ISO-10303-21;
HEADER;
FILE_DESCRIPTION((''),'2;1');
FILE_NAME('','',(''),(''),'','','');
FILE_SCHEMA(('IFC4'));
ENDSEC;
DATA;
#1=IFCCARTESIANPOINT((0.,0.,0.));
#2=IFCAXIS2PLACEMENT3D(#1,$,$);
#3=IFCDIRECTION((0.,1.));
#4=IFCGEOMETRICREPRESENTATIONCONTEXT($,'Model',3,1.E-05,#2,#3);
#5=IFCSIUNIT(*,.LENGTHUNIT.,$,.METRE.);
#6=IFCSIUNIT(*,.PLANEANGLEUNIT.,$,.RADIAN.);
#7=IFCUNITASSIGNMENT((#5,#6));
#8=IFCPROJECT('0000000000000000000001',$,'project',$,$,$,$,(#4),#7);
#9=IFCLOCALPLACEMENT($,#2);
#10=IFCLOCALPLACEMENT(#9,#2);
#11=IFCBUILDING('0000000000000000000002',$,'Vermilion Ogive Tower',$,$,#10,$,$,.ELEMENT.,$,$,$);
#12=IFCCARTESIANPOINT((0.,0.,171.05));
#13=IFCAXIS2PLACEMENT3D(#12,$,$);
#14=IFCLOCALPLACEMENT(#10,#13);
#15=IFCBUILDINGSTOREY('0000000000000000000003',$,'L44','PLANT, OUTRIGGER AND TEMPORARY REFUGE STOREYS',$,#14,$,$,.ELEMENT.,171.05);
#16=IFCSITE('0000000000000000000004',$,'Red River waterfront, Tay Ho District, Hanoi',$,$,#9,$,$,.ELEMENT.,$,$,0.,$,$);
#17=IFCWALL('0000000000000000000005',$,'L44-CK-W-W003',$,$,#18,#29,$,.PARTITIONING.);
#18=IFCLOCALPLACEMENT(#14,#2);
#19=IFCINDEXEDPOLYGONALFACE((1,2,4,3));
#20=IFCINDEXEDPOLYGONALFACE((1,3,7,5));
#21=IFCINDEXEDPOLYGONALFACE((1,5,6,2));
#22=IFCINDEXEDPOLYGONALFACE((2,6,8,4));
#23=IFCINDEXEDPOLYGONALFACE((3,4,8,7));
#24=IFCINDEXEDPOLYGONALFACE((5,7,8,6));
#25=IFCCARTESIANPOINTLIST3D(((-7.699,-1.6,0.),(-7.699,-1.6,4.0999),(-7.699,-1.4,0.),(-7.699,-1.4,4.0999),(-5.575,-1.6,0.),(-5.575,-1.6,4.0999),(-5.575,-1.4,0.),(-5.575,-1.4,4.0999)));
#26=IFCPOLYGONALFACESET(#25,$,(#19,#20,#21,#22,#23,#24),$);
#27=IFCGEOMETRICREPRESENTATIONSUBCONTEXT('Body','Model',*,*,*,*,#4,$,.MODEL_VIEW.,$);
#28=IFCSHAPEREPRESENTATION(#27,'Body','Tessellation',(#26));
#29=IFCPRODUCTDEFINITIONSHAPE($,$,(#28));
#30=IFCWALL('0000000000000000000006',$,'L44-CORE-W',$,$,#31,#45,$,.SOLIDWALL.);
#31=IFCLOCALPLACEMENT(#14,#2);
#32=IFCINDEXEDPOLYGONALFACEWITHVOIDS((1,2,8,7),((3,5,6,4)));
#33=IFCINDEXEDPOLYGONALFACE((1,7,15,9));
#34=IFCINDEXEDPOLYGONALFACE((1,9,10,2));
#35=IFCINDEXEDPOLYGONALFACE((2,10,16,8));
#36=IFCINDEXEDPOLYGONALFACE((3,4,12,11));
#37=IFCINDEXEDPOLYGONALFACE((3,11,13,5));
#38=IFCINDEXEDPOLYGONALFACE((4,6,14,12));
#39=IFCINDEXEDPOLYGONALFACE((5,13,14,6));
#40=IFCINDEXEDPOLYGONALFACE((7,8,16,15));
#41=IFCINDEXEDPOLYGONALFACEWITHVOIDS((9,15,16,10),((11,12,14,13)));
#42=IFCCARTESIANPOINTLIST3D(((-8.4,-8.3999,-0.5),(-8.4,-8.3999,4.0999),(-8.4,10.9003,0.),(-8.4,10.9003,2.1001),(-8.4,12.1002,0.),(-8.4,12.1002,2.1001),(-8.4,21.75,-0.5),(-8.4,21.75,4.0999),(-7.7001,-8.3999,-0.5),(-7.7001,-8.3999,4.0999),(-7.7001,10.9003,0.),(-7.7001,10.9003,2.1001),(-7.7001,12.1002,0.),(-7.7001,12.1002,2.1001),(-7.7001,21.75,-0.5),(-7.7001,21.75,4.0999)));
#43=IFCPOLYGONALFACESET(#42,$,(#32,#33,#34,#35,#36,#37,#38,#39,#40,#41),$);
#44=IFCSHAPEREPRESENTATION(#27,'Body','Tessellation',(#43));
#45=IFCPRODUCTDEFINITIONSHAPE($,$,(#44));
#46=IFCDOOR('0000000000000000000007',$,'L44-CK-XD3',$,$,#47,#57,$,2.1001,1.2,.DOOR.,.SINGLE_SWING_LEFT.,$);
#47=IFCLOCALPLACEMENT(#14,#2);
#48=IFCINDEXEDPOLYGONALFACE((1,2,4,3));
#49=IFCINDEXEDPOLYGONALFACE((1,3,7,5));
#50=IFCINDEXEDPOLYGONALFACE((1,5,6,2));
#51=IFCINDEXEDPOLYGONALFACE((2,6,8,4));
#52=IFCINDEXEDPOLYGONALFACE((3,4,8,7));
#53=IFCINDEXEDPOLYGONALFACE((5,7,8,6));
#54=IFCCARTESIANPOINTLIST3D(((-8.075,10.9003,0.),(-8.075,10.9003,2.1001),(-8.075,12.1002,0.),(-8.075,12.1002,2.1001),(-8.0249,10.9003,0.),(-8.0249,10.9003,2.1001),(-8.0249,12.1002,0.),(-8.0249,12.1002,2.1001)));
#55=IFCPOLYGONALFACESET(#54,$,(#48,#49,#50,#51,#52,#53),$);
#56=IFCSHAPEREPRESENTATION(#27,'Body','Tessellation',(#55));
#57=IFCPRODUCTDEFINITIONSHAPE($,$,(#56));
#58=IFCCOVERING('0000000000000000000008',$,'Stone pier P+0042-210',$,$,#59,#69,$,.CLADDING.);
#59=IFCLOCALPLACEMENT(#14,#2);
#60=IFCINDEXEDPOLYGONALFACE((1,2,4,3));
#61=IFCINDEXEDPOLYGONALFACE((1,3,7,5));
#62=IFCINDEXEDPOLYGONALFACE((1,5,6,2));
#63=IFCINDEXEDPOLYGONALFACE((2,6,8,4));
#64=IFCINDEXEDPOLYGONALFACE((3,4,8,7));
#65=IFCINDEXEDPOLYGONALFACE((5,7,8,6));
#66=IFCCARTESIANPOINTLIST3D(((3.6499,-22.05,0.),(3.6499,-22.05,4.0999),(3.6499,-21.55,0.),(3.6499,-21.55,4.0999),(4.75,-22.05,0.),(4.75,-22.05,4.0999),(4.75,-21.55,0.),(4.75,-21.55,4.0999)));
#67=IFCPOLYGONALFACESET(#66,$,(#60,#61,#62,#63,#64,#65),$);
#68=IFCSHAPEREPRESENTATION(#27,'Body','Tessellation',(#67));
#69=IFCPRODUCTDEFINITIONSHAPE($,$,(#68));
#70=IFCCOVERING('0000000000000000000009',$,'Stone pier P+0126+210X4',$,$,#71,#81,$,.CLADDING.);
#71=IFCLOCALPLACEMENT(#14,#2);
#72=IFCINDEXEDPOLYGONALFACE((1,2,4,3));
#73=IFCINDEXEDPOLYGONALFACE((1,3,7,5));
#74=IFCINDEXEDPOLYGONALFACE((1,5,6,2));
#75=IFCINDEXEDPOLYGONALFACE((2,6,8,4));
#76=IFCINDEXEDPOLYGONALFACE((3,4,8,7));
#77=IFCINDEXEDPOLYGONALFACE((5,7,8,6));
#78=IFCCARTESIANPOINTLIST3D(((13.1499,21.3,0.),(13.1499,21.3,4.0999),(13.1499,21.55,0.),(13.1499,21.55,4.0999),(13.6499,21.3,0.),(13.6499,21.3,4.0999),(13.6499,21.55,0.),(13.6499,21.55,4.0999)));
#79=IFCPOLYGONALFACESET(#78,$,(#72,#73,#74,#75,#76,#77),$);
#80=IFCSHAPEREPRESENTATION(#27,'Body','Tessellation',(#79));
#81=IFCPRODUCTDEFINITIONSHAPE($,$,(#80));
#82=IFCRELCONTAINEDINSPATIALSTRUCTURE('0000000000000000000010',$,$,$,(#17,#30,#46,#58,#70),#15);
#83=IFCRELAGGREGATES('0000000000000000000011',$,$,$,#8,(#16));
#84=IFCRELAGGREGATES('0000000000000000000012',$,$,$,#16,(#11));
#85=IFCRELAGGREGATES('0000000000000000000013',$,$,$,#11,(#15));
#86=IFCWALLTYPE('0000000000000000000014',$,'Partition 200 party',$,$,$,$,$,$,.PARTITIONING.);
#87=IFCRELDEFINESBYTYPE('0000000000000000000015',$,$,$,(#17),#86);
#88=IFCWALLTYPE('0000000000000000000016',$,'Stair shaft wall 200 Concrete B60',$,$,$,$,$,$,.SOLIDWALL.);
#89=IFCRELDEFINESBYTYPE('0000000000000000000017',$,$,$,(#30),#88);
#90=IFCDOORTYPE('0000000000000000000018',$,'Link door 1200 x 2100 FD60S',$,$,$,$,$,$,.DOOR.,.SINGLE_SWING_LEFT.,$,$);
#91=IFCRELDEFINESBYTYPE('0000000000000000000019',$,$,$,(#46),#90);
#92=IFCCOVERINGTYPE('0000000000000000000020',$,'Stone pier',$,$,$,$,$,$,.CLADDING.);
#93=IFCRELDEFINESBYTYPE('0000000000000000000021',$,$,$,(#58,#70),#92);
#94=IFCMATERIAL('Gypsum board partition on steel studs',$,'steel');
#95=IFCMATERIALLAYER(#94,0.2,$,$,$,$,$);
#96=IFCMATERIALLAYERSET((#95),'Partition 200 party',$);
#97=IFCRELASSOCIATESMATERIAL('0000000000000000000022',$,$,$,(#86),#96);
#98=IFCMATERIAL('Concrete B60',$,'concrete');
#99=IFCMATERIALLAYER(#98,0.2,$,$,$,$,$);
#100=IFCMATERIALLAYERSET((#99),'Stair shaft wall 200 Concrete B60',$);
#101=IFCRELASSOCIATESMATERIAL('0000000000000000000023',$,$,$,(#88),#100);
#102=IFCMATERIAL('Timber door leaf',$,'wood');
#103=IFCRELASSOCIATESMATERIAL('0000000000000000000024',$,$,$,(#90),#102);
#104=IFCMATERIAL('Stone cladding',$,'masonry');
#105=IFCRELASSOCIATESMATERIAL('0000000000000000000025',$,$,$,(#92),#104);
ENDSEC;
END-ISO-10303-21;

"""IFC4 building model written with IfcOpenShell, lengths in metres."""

from ifc_helpers import new_model, si_unit, direction, frame, frame_2d, origin, place, context, subcontext, project, spatial, polyline, rectangle, outline, extrude, material, layer, layer_set, type_object, element, fill, save


model = new_model("IFC4")

# Units and contexts
model_context = context("Model", 3, precision=1e-05, world=origin(), true_north=direction((0.0, 1.0)))
body_context = subcontext(model_context, "Body", "Model", "MODEL_VIEW")
ifc_project = project(units=[si_unit("LENGTHUNIT", "METRE"), si_unit("PLANEANGLEUNIT", "RADIAN")], contexts=[model_context])

# Site, building, storey
site_placement = place(None, origin())
site = spatial("IfcSite", under=ifc_project, at=site_placement, Name="Red River waterfront, Tay Ho District, Hanoi", CompositionType="ELEMENT", RefElevation=0.0)
building_placement = place(site_placement, origin())
building = spatial("IfcBuilding", under=site, at=building_placement, Name="Vermilion Ogive Tower", CompositionType="ELEMENT")
storey_placement = place(building_placement, frame((0.0, 0.0, 171.05)))
storey = spatial("IfcBuildingStorey", under=building, at=storey_placement, Name="L44", Description="PLANT, OUTRIGGER AND TEMPORARY REFUGE STOREYS", CompositionType="ELEMENT", Elevation=171.05)

# Wall
ifc_material_1 = material(Name="Gypsum board partition on steel studs", Category="steel")
ifc_layer_1 = layer(ifc_material_1, 0.2)
ifc_layer_set_1 = layer_set([ifc_layer_1], Name="Partition 200 party")
wall_type_1 = type_object("IfcWallType", Name="Partition 200 party", PredefinedType="PARTITIONING", material=ifc_layer_set_1)
wall_1_placement = place(storey_placement, frame((-7.699, -1.5, 0.0), z_axis=(0.0, 0.0, 1.0), x_axis=(1.0, 0.0, 0.0)))
element("IfcWall", 1, at=wall_1_placement, inside=storey, type_object=wall_type_1, Name="L44-CK-W-W003", PredefinedType="PARTITIONING", context=body_context, shape_type="SweptSolid", body=[
    extrude(rectangle(XDim=2.124, YDim=0.2, at=frame_2d((1.062, 0.0))), origin(), (0.0, 0.0, 1.0), 4.0999),
])

# Wall, opening, door
ifc_material_2 = material(Name="Concrete B60", Category="concrete")
ifc_layer_2 = layer(ifc_material_2, 0.2)
ifc_layer_set_2 = layer_set([ifc_layer_2], Name="Stair shaft wall 200 Concrete B60")
wall_type_2 = type_object("IfcWallType", Name="Stair shaft wall 200 Concrete B60", PredefinedType="SOLIDWALL", material=ifc_layer_set_2)
wall_2_placement = place(storey_placement, frame((-8.05, -8.3999, -0.5), z_axis=(0.0, 0.0, 1.0), x_axis=(0.0, 1.0, 0.0)))
wall_2 = element("IfcWall", 2, at=wall_2_placement, inside=storey, type_object=wall_type_2, Name="L44-CORE-W", PredefinedType="SOLIDWALL", context=body_context, shape_type="SweptSolid", body=[
    extrude(rectangle(XDim=30.1499, YDim=0.7, at=frame_2d((15.075, 0.0))), origin(), (0.0, 0.0, 1.0), 4.5999),
])
opening_1_placement = place(wall_2_placement, frame((19.3, 0.0, 0.5)))
opening_1 = element("IfcOpeningElement", 3, at=opening_1_placement, cuts=wall_2, PredefinedType="OPENING", context=body_context, shape_type="SweptSolid", body=[
    extrude(rectangle(XDim=1.2, YDim=2.1001, at=frame_2d((0.6001, 1.05))), frame((0.0, 0.3599, 0.0), z_axis=(0.0, -1.0, 0.0), x_axis=(1.0, 0.0, 0.0)), (0.0, 0.0, 1.0), 0.72),
])
ifc_material_3 = material(Name="Timber door leaf", Category="wood")
door_type_1 = type_object("IfcDoorType", Name="Link door 1200 x 2100 FD60S", OperationType="SINGLE_SWING_LEFT", PredefinedType="DOOR", material=ifc_material_3)
door_1_placement = place(opening_1_placement, origin())
door_1 = element("IfcDoor", 4, at=door_1_placement, inside=storey, type_object=door_type_1, Name="L44-CK-XD3", OperationType="SINGLE_SWING_LEFT", OverallHeight=2.1001, OverallWidth=1.2, PredefinedType="DOOR", context=body_context, shape_type="SweptSolid", body=[
    extrude(rectangle(XDim=1.2, YDim=2.1001, at=frame_2d((0.6001, 1.05))), frame((0.0, 0.0249, 0.0), z_axis=(0.0, -1.0, 0.0), x_axis=(1.0, 0.0, 0.0)), (0.0, 0.0, 1.0), 0.05),
])
fill(opening_1, door_1)

# Coverings
ifc_material_4 = material(Name="Stone cladding", Category="masonry")
covering_type = type_object("IfcCoveringType", Name="Stone pier", PredefinedType="CLADDING", material=ifc_material_4)
covering_1_placement = place(storey_placement, origin())
element("IfcCovering", 5, at=covering_1_placement, inside=storey, type_object=covering_type, Name="Stone pier P+0042-210", PredefinedType="CLADDING", context=body_context, shape_type="SweptSolid", body=[
    extrude(outline(polyline([(4.75, -21.55), (4.75, -22.05), (3.6499, -22.05), (3.6499, -21.55), (4.75, -21.55), (4.75, -21.55)])), origin(), (0.0, 0.0, 1.0), 4.0999),
])
covering_2_placement = place(storey_placement, origin())
element("IfcCovering", 6, at=covering_2_placement, inside=storey, type_object=covering_type, Name="Stone pier P+0126+210X4", PredefinedType="CLADDING", context=body_context, shape_type="SweptSolid", body=[
    extrude(outline(polyline([(13.6499, 21.55), (13.6499, 21.3), (13.1499, 21.3), (13.1499, 21.55), (13.6499, 21.55)])), origin(), (0.0, 0.0, 1.0), 4.0999),
])

save(model, "model.ifc")
